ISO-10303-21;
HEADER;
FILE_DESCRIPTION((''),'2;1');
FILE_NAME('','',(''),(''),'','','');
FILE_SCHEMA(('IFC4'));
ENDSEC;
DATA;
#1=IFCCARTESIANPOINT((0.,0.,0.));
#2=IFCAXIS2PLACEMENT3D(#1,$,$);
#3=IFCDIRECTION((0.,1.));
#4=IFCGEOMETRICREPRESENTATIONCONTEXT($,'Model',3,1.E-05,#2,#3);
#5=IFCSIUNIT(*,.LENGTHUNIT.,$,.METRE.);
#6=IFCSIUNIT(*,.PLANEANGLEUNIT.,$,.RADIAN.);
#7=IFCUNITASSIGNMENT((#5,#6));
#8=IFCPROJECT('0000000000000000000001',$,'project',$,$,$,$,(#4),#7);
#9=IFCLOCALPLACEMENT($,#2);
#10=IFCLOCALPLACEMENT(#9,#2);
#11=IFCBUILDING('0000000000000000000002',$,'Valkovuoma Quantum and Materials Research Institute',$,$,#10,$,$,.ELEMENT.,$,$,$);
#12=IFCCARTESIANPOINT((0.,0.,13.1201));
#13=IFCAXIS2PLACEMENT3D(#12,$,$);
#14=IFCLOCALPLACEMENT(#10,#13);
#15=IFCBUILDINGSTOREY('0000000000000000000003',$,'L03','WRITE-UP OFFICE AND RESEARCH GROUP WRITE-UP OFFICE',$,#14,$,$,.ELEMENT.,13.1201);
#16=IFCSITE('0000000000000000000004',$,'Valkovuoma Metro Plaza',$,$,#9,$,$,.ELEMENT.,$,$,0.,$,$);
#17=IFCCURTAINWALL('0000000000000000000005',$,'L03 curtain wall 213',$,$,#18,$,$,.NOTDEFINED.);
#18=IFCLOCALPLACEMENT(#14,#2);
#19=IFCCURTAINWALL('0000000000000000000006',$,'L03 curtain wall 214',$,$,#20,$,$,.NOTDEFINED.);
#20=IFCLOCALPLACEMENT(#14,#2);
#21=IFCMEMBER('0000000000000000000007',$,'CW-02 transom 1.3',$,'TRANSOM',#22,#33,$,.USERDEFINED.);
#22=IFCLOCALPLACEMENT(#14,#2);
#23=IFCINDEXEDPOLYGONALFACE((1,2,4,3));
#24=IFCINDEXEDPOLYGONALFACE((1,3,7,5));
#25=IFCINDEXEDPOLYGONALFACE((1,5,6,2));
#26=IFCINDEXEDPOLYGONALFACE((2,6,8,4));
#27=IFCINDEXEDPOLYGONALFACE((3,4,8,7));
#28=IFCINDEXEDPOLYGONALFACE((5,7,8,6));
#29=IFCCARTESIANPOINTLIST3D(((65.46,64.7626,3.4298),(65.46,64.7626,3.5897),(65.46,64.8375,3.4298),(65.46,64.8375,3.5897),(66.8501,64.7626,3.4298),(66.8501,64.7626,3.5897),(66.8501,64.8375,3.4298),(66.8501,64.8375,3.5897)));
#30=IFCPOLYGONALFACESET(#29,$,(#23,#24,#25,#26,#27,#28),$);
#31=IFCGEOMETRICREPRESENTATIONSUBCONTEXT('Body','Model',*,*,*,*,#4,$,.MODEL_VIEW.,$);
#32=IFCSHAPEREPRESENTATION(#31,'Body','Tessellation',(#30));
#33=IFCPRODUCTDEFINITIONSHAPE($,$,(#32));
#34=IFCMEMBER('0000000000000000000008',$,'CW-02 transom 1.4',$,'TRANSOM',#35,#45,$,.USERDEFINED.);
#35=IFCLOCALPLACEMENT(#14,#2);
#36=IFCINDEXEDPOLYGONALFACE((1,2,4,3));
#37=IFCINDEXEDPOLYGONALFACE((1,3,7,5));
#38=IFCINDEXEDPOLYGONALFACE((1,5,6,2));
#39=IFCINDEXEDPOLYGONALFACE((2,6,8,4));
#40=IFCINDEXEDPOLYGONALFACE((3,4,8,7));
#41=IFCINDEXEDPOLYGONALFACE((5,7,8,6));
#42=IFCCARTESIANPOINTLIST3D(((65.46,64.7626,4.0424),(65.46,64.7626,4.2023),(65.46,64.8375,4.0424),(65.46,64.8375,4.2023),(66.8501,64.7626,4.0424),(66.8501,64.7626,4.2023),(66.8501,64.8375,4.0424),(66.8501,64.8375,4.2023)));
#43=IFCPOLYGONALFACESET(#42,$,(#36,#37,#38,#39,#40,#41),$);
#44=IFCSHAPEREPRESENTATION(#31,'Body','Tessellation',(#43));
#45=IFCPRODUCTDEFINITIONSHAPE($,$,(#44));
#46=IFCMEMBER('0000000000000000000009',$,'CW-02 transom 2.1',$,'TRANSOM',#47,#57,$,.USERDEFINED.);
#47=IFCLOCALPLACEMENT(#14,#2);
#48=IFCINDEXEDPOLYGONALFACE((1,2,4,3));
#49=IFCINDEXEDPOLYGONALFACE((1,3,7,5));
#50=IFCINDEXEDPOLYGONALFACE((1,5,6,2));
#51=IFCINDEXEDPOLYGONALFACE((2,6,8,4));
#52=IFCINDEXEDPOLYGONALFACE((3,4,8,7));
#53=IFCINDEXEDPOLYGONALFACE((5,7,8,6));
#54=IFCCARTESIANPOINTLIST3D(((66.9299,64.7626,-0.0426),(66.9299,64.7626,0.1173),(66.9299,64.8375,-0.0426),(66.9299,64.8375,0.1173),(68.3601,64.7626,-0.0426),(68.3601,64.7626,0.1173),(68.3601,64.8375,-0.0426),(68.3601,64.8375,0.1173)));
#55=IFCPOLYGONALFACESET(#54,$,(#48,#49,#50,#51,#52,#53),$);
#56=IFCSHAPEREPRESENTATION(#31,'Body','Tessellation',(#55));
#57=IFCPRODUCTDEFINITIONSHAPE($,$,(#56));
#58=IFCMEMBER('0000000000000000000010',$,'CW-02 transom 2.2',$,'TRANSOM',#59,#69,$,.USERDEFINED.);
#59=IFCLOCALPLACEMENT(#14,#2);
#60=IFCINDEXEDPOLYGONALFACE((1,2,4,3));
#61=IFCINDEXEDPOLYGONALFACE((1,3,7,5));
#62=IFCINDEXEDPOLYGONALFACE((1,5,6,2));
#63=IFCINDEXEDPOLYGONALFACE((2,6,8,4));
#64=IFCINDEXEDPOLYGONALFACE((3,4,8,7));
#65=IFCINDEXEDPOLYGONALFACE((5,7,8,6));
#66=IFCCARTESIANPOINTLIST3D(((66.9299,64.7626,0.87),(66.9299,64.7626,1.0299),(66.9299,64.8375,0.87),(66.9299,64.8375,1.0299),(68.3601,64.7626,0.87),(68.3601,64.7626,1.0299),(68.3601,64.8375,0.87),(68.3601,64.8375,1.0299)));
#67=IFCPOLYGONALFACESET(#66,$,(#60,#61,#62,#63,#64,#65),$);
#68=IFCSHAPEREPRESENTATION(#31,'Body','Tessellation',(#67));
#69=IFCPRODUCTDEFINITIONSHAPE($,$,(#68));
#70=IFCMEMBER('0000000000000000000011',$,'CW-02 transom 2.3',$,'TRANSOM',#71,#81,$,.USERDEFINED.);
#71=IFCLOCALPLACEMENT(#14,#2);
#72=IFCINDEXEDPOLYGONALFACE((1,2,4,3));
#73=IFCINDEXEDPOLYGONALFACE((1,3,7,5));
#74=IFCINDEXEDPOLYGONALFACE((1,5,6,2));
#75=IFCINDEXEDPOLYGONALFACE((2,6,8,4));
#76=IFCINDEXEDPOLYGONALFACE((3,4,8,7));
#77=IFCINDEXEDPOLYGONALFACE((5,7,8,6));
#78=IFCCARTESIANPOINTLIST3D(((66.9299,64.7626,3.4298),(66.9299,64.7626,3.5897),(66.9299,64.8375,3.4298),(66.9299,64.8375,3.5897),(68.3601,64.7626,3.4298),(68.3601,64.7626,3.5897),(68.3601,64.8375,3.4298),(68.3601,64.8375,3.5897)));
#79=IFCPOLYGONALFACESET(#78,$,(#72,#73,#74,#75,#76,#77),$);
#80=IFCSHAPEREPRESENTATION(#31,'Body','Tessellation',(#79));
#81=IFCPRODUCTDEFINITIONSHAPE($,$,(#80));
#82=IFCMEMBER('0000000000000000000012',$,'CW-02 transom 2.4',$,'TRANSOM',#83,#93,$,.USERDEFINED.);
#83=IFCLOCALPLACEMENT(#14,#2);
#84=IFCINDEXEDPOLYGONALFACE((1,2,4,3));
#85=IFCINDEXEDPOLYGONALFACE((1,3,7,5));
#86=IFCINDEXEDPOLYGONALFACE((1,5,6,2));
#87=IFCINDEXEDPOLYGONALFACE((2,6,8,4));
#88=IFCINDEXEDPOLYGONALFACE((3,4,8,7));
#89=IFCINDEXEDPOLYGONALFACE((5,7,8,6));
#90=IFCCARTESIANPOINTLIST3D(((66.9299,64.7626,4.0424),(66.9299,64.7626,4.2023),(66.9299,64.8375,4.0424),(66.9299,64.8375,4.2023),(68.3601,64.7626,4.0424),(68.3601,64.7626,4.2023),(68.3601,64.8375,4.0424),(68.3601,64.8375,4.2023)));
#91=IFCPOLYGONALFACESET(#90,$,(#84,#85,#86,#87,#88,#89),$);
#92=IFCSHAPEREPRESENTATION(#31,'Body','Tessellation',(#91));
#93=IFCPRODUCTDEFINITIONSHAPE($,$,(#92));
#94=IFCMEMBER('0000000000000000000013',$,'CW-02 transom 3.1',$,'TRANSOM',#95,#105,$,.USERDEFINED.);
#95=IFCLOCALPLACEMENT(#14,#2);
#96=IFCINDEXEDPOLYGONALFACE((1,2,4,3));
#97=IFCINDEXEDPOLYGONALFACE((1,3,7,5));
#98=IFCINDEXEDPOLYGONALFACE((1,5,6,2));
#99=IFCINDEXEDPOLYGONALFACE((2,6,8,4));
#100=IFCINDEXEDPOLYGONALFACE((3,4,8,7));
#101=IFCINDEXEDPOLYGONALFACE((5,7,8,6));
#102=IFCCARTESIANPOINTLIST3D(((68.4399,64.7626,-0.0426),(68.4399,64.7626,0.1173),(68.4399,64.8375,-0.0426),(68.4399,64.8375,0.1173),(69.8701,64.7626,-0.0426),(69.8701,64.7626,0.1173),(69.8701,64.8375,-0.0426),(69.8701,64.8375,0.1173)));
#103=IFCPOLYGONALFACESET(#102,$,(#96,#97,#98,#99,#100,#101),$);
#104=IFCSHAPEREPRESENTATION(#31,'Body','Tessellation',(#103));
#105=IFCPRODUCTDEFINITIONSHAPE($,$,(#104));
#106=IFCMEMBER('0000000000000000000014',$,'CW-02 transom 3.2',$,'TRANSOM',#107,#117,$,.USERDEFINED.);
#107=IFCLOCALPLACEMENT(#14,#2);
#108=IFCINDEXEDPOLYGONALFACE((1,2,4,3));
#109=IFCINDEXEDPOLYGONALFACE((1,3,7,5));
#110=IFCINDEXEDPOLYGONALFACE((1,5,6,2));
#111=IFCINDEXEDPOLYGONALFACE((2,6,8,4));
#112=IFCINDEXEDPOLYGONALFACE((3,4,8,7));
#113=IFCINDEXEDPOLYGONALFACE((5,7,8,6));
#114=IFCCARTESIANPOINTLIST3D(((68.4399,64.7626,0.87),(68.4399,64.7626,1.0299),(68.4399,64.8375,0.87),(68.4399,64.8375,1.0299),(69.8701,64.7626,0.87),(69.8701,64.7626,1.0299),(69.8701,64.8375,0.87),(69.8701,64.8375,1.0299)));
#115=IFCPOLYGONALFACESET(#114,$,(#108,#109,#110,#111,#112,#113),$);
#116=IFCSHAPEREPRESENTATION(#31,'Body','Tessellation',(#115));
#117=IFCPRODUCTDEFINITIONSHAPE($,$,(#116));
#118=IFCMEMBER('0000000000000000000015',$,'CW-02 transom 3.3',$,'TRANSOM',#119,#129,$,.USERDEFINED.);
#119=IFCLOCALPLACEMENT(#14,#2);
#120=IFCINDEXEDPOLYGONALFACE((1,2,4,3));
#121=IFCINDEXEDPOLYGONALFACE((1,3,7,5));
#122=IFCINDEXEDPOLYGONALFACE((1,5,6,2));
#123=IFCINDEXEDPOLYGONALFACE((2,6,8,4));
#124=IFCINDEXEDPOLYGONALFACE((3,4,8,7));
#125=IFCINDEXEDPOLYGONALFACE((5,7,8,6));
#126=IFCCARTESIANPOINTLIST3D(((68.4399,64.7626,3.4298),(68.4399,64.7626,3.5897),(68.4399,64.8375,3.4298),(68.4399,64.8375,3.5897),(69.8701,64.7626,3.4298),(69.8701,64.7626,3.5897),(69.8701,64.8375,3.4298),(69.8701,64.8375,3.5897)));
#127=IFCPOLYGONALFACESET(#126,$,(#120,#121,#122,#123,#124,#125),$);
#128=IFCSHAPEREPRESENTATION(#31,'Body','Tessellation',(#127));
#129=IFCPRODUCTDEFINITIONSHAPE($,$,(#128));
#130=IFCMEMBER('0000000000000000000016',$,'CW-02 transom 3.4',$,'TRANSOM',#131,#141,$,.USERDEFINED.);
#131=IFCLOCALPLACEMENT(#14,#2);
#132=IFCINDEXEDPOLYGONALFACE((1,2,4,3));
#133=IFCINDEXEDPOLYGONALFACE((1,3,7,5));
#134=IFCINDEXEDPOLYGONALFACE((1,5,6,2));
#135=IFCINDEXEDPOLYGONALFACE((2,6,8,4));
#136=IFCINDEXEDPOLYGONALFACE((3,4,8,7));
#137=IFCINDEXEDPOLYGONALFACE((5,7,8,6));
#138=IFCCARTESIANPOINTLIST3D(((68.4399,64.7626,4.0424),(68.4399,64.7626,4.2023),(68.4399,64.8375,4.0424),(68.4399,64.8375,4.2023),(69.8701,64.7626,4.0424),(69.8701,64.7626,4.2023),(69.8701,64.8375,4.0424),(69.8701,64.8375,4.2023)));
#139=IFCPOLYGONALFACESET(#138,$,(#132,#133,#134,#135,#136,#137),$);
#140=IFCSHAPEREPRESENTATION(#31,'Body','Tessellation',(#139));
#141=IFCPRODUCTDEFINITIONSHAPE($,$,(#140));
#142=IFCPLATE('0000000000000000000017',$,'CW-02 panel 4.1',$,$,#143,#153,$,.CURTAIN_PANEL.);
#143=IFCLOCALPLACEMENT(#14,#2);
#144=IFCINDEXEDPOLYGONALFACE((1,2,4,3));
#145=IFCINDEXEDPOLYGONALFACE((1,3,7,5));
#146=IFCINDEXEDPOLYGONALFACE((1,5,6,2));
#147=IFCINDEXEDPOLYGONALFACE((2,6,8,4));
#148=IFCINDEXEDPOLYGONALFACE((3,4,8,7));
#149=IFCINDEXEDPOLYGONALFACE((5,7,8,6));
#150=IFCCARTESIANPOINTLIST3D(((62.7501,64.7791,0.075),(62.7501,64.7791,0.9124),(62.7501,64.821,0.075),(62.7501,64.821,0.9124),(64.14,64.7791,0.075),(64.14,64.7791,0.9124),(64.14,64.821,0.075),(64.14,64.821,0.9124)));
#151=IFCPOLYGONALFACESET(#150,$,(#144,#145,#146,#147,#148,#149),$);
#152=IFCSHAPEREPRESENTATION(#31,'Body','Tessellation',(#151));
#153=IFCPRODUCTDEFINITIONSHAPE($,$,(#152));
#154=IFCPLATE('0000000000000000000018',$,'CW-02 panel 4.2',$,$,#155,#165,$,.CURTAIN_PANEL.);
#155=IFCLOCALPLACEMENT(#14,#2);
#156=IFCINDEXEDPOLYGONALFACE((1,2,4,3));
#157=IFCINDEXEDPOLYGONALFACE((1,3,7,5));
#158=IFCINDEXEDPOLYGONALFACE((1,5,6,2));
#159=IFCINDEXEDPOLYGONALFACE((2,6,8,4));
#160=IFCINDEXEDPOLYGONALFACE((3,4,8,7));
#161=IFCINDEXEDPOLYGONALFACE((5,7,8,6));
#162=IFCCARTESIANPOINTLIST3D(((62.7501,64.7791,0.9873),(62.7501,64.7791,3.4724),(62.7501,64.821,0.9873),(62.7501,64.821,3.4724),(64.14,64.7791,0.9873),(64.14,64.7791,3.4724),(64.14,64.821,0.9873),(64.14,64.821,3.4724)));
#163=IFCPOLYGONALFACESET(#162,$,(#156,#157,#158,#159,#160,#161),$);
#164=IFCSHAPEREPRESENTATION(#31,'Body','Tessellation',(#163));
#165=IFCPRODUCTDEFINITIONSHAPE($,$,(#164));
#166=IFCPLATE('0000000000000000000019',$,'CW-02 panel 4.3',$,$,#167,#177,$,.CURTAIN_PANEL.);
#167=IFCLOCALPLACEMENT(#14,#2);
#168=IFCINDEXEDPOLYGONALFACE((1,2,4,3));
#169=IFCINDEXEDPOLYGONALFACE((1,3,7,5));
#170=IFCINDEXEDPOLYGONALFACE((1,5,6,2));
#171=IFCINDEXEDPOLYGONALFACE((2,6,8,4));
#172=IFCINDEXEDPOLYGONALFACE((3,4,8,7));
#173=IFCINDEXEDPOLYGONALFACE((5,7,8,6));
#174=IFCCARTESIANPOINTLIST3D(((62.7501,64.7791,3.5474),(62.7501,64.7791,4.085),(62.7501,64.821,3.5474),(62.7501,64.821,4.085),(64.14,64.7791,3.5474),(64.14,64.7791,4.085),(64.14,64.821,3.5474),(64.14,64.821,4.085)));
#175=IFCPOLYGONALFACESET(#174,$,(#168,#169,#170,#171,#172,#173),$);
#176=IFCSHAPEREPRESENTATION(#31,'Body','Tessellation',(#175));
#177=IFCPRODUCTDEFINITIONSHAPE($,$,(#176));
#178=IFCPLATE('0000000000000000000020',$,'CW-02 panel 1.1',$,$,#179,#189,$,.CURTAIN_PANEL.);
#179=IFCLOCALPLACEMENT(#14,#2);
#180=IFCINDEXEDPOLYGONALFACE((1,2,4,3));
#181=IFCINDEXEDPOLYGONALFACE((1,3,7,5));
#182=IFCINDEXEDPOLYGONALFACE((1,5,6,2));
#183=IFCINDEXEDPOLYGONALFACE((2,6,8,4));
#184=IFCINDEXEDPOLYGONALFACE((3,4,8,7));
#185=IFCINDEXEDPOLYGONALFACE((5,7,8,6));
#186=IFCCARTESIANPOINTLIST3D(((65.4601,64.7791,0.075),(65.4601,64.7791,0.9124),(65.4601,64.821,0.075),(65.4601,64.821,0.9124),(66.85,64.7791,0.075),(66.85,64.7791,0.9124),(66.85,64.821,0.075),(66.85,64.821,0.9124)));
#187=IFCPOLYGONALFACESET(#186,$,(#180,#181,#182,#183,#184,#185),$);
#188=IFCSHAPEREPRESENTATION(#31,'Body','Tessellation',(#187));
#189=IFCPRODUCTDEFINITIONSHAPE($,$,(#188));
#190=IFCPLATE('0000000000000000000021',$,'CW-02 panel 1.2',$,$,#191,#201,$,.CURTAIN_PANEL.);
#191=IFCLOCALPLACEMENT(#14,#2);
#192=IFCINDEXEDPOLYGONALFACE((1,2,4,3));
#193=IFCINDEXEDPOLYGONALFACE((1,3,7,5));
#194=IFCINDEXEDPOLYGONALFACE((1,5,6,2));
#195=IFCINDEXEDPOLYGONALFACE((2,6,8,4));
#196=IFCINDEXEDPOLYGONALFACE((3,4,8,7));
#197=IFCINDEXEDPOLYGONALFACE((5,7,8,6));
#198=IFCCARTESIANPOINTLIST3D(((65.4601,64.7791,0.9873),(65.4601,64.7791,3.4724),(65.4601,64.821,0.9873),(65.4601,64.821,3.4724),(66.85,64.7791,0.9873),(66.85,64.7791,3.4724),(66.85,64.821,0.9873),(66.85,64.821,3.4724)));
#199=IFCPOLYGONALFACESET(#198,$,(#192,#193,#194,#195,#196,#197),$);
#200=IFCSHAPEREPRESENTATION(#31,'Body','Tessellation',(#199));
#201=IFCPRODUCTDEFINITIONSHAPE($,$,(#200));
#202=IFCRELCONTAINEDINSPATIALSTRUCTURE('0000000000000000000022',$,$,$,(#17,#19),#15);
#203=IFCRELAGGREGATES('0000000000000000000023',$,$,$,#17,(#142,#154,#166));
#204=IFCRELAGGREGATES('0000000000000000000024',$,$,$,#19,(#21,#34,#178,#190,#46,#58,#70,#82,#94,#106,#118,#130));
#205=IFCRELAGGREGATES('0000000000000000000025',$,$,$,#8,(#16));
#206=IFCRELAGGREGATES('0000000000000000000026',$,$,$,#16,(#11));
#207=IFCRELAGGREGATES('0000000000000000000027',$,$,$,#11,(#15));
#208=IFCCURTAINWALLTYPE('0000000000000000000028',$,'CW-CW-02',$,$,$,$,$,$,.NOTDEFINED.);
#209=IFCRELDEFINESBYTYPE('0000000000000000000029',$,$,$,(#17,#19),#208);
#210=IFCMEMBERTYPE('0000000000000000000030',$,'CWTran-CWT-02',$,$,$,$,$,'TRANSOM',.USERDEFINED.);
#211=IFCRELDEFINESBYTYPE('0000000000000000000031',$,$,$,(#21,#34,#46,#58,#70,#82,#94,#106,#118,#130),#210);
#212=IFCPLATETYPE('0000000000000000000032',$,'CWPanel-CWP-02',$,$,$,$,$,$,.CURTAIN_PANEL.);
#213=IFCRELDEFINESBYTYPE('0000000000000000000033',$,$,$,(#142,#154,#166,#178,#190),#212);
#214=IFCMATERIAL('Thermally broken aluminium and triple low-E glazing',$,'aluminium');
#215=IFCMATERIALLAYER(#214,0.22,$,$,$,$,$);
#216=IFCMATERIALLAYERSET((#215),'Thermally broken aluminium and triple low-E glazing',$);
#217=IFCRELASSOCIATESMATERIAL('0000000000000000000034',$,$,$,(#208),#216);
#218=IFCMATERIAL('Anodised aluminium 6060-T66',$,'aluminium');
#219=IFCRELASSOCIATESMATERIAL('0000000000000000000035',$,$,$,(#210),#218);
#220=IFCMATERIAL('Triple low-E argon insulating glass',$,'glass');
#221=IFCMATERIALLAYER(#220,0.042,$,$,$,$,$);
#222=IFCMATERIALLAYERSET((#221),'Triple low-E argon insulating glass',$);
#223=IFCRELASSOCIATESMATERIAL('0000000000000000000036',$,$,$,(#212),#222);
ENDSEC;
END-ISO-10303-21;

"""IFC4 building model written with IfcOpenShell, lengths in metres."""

from ifc_helpers import new_model, si_unit, direction, frame, origin, origin_2d, place, context, subcontext, project, spatial, rectangle, extrude, material, layer, layer_set, material_profile, profile_set, type_object, element, aggregate, save


model = new_model("IFC4")

# Units and contexts
model_context = context("Model", 3, precision=1e-05, world=origin(), true_north=direction((0.0, 1.0)))
body_context = subcontext(model_context, "Body", "Model", "MODEL_VIEW")
ifc_project = project(units=[si_unit("LENGTHUNIT", "METRE"), si_unit("PLANEANGLEUNIT", "RADIAN")], contexts=[model_context])

# Site, building, storey
site_placement = place(None, origin())
site = spatial("IfcSite", under=ifc_project, at=site_placement, Name="Valkovuoma Metro Plaza", CompositionType="ELEMENT", RefElevation=0.0)
building_placement = place(site_placement, origin())
building = spatial("IfcBuilding", under=site, at=building_placement, Name="Valkovuoma Quantum and Materials Research Institute", CompositionType="ELEMENT")
storey_placement = place(building_placement, frame((0.0, 0.0, 13.1201)))
storey = spatial("IfcBuildingStorey", under=building, at=storey_placement, Name="L03", Description="WRITE-UP OFFICE AND RESEARCH GROUP WRITE-UP OFFICE", CompositionType="ELEMENT", Elevation=13.1201)

# Curtain walls
ifc_material_1 = material(Name="Thermally broken aluminium and triple low-E glazing", Category="aluminium")
ifc_layer_1 = layer(ifc_material_1, 0.22)
ifc_layer_set_1 = layer_set([ifc_layer_1], Name="Thermally broken aluminium and triple low-E glazing")
curtain_wall_type = type_object("IfcCurtainWallType", Name="CW-CW-02", PredefinedType="NOTDEFINED", material=ifc_layer_set_1)
curtain_wall_1_placement = place(storey_placement, origin())
curtain_wall_1 = element("IfcCurtainWall", 1, at=curtain_wall_1_placement, inside=storey, type_object=curtain_wall_type, Name="L03 curtain wall 213", PredefinedType="NOTDEFINED")
curtain_wall_2_placement = place(storey_placement, origin())
curtain_wall_2 = element("IfcCurtainWall", 2, at=curtain_wall_2_placement, inside=storey, type_object=curtain_wall_type, Name="L03 curtain wall 214", PredefinedType="NOTDEFINED")

# Members
ifc_material_2 = material(Name="Anodised aluminium 6060-T66", Category="aluminium")
ifc_material_profile_1 = material_profile(ifc_material_2, rectangle(XDim=0.075, YDim=0.1599, at=origin_2d()), Name="Anodised aluminium 6060-T66")
ifc_profile_set_1 = profile_set([ifc_material_profile_1], Name="Anodised aluminium 6060-T66")
member_type_1 = type_object("IfcMemberType", Name="CWTran-CWT-02", ElementType="TRANSOM", PredefinedType="USERDEFINED", material=ifc_profile_set_1)
member_1_placement = place(storey_placement, frame((65.46, 64.8, 3.5098), z_axis=(1.0, 0.0, 0.0), x_axis=(0.0, 1.0, 0.0)))
member_1 = element("IfcMember", 3, at=member_1_placement, type_object=member_type_1, Name="CW-02 transom 1.3", ObjectType="TRANSOM", PredefinedType="USERDEFINED", context=body_context, shape_type="SweptSolid", body=[
    extrude(rectangle(XDim=0.075, YDim=0.1599, at=origin_2d()), origin(), (0.0, 0.0, 1.0), 1.3901),
])
member_2_placement = place(storey_placement, frame((65.46, 64.8, 4.1223), z_axis=(1.0, 0.0, 0.0), x_axis=(0.0, 1.0, 0.0)))
member_2 = element("IfcMember", 4, at=member_2_placement, type_object=member_type_1, Name="CW-02 transom 1.4", ObjectType="TRANSOM", PredefinedType="USERDEFINED", context=body_context, shape_type="SweptSolid", body=[
    extrude(rectangle(XDim=0.075, YDim=0.1599, at=origin_2d()), origin(), (0.0, 0.0, 1.0), 1.3901),
])
member_3_placement = place(storey_placement, frame((66.9299, 64.8, 0.0374), z_axis=(1.0, 0.0, 0.0), x_axis=(0.0, 1.0, 0.0)))
member_3 = element("IfcMember", 5, at=member_3_placement, type_object=member_type_1, Name="CW-02 transom 2.1", ObjectType="TRANSOM", PredefinedType="USERDEFINED", context=body_context, shape_type="SweptSolid", body=[
    extrude(rectangle(XDim=0.075, YDim=0.1599, at=origin_2d()), origin(), (0.0, 0.0, 1.0), 1.4302),
])
member_4_placement = place(storey_placement, frame((66.9299, 64.8, 0.95), z_axis=(1.0, 0.0, 0.0), x_axis=(0.0, 1.0, 0.0)))
member_4 = element("IfcMember", 6, at=member_4_placement, type_object=member_type_1, Name="CW-02 transom 2.2", ObjectType="TRANSOM", PredefinedType="USERDEFINED", context=body_context, shape_type="SweptSolid", body=[
    extrude(rectangle(XDim=0.075, YDim=0.1599, at=origin_2d()), origin(), (0.0, 0.0, 1.0), 1.4302),
])
member_5_placement = place(storey_placement, frame((66.9299, 64.8, 3.5098), z_axis=(1.0, 0.0, 0.0), x_axis=(0.0, 1.0, 0.0)))
member_5 = element("IfcMember", 7, at=member_5_placement, type_object=member_type_1, Name="CW-02 transom 2.3", ObjectType="TRANSOM", PredefinedType="USERDEFINED", context=body_context, shape_type="SweptSolid", body=[
    extrude(rectangle(XDim=0.075, YDim=0.1599, at=origin_2d()), origin(), (0.0, 0.0, 1.0), 1.4302),
])
member_6_placement = place(storey_placement, frame((66.9299, 64.8, 4.1223), z_axis=(1.0, 0.0, 0.0), x_axis=(0.0, 1.0, 0.0)))
member_6 = element("IfcMember", 8, at=member_6_placement, type_object=member_type_1, Name="CW-02 transom 2.4", ObjectType="TRANSOM", PredefinedType="USERDEFINED", context=body_context, shape_type="SweptSolid", body=[
    extrude(rectangle(XDim=0.075, YDim=0.1599, at=origin_2d()), origin(), (0.0, 0.0, 1.0), 1.4302),
])
member_7_placement = place(storey_placement, frame((68.4399, 64.8, 0.0374), z_axis=(1.0, 0.0, 0.0), x_axis=(0.0, 1.0, 0.0)))
member_7 = element("IfcMember", 9, at=member_7_placement, type_object=member_type_1, Name="CW-02 transom 3.1", ObjectType="TRANSOM", PredefinedType="USERDEFINED", context=body_context, shape_type="SweptSolid", body=[
    extrude(rectangle(XDim=0.075, YDim=0.1599, at=origin_2d()), origin(), (0.0, 0.0, 1.0), 1.4302),
])
member_8_placement = place(storey_placement, frame((68.4399, 64.8, 0.95), z_axis=(1.0, 0.0, 0.0), x_axis=(0.0, 1.0, 0.0)))
member_8 = element("IfcMember", 10, at=member_8_placement, type_object=member_type_1, Name="CW-02 transom 3.2", ObjectType="TRANSOM", PredefinedType="USERDEFINED", context=body_context, shape_type="SweptSolid", body=[
    extrude(rectangle(XDim=0.075, YDim=0.1599, at=origin_2d()), origin(), (0.0, 0.0, 1.0), 1.4302),
])
member_9_placement = place(storey_placement, frame((68.4399, 64.8, 3.5098), z_axis=(1.0, 0.0, 0.0), x_axis=(0.0, 1.0, 0.0)))
member_9 = element("IfcMember", 11, at=member_9_placement, type_object=member_type_1, Name="CW-02 transom 3.3", ObjectType="TRANSOM", PredefinedType="USERDEFINED", context=body_context, shape_type="SweptSolid", body=[
    extrude(rectangle(XDim=0.075, YDim=0.1599, at=origin_2d()), origin(), (0.0, 0.0, 1.0), 1.4302),
])
member_10_placement = place(storey_placement, frame((68.4399, 64.8, 4.1223), z_axis=(1.0, 0.0, 0.0), x_axis=(0.0, 1.0, 0.0)))
member_10 = element("IfcMember", 12, at=member_10_placement, type_object=member_type_1, Name="CW-02 transom 3.4", ObjectType="TRANSOM", PredefinedType="USERDEFINED", context=body_context, shape_type="SweptSolid", body=[
    extrude(rectangle(XDim=0.075, YDim=0.1599, at=origin_2d()), origin(), (0.0, 0.0, 1.0), 1.4302),
])

# Plates
ifc_material_3 = material(Name="Triple low-E argon insulating glass", Category="glass")
ifc_layer_2 = layer(ifc_material_3, 0.042)
ifc_layer_set_2 = layer_set([ifc_layer_2], Name="Triple low-E argon insulating glass")
plate_type = type_object("IfcPlateType", Name="CWPanel-CWP-02", PredefinedType="CURTAIN_PANEL", material=ifc_layer_set_2)
plate_1_placement = place(storey_placement, frame((63.4451, 64.8, 0.075), z_axis=(0.0, 0.0, 1.0), x_axis=(1.0, 0.0, 0.0)))
plate_1 = element("IfcPlate", 13, at=plate_1_placement, type_object=plate_type, Name="CW-02 panel 4.1", PredefinedType="CURTAIN_PANEL", context=body_context, shape_type="SweptSolid", body=[
    extrude(rectangle(XDim=1.3899, YDim=0.042, at=origin_2d()), origin(), (0.0, 0.0, 1.0), 0.8374),
])
plate_2_placement = place(storey_placement, frame((63.4451, 64.8, 0.9873), z_axis=(0.0, 0.0, 1.0), x_axis=(1.0, 0.0, 0.0)))
plate_2 = element("IfcPlate", 14, at=plate_2_placement, type_object=plate_type, Name="CW-02 panel 4.2", PredefinedType="CURTAIN_PANEL", context=body_context, shape_type="SweptSolid", body=[
    extrude(rectangle(XDim=1.3899, YDim=0.042, at=origin_2d()), origin(), (0.0, 0.0, 1.0), 2.4851),
])
plate_3_placement = place(storey_placement, frame((63.4451, 64.8, 3.5474), z_axis=(0.0, 0.0, 1.0), x_axis=(1.0, 0.0, 0.0)))
plate_3 = element("IfcPlate", 15, at=plate_3_placement, type_object=plate_type, Name="CW-02 panel 4.3", PredefinedType="CURTAIN_PANEL", context=body_context, shape_type="SweptSolid", body=[
    extrude(rectangle(XDim=1.3899, YDim=0.042, at=origin_2d()), origin(), (0.0, 0.0, 1.0), 0.5376),
])
aggregate(curtain_wall_1, [plate_1, plate_2, plate_3])
plate_4_placement = place(storey_placement, frame((66.155, 64.8, 0.075), z_axis=(0.0, 0.0, 1.0), x_axis=(1.0, 0.0, 0.0)))
plate_4 = element("IfcPlate", 16, at=plate_4_placement, type_object=plate_type, Name="CW-02 panel 1.1", PredefinedType="CURTAIN_PANEL", context=body_context, shape_type="SweptSolid", body=[
    extrude(rectangle(XDim=1.3899, YDim=0.042, at=origin_2d()), origin(), (0.0, 0.0, 1.0), 0.8374),
])
plate_5_placement = place(storey_placement, frame((66.155, 64.8, 0.9873), z_axis=(0.0, 0.0, 1.0), x_axis=(1.0, 0.0, 0.0)))
plate_5 = element("IfcPlate", 17, at=plate_5_placement, type_object=plate_type, Name="CW-02 panel 1.2", PredefinedType="CURTAIN_PANEL", context=body_context, shape_type="SweptSolid", body=[
    extrude(rectangle(XDim=1.3899, YDim=0.042, at=origin_2d()), origin(), (0.0, 0.0, 1.0), 2.4851),
])
aggregate(curtain_wall_2, [member_1, member_2, plate_4, plate_5, member_3, member_4, member_5, member_6, member_7, member_8, member_9, member_10])

save(model, "model.ifc")
